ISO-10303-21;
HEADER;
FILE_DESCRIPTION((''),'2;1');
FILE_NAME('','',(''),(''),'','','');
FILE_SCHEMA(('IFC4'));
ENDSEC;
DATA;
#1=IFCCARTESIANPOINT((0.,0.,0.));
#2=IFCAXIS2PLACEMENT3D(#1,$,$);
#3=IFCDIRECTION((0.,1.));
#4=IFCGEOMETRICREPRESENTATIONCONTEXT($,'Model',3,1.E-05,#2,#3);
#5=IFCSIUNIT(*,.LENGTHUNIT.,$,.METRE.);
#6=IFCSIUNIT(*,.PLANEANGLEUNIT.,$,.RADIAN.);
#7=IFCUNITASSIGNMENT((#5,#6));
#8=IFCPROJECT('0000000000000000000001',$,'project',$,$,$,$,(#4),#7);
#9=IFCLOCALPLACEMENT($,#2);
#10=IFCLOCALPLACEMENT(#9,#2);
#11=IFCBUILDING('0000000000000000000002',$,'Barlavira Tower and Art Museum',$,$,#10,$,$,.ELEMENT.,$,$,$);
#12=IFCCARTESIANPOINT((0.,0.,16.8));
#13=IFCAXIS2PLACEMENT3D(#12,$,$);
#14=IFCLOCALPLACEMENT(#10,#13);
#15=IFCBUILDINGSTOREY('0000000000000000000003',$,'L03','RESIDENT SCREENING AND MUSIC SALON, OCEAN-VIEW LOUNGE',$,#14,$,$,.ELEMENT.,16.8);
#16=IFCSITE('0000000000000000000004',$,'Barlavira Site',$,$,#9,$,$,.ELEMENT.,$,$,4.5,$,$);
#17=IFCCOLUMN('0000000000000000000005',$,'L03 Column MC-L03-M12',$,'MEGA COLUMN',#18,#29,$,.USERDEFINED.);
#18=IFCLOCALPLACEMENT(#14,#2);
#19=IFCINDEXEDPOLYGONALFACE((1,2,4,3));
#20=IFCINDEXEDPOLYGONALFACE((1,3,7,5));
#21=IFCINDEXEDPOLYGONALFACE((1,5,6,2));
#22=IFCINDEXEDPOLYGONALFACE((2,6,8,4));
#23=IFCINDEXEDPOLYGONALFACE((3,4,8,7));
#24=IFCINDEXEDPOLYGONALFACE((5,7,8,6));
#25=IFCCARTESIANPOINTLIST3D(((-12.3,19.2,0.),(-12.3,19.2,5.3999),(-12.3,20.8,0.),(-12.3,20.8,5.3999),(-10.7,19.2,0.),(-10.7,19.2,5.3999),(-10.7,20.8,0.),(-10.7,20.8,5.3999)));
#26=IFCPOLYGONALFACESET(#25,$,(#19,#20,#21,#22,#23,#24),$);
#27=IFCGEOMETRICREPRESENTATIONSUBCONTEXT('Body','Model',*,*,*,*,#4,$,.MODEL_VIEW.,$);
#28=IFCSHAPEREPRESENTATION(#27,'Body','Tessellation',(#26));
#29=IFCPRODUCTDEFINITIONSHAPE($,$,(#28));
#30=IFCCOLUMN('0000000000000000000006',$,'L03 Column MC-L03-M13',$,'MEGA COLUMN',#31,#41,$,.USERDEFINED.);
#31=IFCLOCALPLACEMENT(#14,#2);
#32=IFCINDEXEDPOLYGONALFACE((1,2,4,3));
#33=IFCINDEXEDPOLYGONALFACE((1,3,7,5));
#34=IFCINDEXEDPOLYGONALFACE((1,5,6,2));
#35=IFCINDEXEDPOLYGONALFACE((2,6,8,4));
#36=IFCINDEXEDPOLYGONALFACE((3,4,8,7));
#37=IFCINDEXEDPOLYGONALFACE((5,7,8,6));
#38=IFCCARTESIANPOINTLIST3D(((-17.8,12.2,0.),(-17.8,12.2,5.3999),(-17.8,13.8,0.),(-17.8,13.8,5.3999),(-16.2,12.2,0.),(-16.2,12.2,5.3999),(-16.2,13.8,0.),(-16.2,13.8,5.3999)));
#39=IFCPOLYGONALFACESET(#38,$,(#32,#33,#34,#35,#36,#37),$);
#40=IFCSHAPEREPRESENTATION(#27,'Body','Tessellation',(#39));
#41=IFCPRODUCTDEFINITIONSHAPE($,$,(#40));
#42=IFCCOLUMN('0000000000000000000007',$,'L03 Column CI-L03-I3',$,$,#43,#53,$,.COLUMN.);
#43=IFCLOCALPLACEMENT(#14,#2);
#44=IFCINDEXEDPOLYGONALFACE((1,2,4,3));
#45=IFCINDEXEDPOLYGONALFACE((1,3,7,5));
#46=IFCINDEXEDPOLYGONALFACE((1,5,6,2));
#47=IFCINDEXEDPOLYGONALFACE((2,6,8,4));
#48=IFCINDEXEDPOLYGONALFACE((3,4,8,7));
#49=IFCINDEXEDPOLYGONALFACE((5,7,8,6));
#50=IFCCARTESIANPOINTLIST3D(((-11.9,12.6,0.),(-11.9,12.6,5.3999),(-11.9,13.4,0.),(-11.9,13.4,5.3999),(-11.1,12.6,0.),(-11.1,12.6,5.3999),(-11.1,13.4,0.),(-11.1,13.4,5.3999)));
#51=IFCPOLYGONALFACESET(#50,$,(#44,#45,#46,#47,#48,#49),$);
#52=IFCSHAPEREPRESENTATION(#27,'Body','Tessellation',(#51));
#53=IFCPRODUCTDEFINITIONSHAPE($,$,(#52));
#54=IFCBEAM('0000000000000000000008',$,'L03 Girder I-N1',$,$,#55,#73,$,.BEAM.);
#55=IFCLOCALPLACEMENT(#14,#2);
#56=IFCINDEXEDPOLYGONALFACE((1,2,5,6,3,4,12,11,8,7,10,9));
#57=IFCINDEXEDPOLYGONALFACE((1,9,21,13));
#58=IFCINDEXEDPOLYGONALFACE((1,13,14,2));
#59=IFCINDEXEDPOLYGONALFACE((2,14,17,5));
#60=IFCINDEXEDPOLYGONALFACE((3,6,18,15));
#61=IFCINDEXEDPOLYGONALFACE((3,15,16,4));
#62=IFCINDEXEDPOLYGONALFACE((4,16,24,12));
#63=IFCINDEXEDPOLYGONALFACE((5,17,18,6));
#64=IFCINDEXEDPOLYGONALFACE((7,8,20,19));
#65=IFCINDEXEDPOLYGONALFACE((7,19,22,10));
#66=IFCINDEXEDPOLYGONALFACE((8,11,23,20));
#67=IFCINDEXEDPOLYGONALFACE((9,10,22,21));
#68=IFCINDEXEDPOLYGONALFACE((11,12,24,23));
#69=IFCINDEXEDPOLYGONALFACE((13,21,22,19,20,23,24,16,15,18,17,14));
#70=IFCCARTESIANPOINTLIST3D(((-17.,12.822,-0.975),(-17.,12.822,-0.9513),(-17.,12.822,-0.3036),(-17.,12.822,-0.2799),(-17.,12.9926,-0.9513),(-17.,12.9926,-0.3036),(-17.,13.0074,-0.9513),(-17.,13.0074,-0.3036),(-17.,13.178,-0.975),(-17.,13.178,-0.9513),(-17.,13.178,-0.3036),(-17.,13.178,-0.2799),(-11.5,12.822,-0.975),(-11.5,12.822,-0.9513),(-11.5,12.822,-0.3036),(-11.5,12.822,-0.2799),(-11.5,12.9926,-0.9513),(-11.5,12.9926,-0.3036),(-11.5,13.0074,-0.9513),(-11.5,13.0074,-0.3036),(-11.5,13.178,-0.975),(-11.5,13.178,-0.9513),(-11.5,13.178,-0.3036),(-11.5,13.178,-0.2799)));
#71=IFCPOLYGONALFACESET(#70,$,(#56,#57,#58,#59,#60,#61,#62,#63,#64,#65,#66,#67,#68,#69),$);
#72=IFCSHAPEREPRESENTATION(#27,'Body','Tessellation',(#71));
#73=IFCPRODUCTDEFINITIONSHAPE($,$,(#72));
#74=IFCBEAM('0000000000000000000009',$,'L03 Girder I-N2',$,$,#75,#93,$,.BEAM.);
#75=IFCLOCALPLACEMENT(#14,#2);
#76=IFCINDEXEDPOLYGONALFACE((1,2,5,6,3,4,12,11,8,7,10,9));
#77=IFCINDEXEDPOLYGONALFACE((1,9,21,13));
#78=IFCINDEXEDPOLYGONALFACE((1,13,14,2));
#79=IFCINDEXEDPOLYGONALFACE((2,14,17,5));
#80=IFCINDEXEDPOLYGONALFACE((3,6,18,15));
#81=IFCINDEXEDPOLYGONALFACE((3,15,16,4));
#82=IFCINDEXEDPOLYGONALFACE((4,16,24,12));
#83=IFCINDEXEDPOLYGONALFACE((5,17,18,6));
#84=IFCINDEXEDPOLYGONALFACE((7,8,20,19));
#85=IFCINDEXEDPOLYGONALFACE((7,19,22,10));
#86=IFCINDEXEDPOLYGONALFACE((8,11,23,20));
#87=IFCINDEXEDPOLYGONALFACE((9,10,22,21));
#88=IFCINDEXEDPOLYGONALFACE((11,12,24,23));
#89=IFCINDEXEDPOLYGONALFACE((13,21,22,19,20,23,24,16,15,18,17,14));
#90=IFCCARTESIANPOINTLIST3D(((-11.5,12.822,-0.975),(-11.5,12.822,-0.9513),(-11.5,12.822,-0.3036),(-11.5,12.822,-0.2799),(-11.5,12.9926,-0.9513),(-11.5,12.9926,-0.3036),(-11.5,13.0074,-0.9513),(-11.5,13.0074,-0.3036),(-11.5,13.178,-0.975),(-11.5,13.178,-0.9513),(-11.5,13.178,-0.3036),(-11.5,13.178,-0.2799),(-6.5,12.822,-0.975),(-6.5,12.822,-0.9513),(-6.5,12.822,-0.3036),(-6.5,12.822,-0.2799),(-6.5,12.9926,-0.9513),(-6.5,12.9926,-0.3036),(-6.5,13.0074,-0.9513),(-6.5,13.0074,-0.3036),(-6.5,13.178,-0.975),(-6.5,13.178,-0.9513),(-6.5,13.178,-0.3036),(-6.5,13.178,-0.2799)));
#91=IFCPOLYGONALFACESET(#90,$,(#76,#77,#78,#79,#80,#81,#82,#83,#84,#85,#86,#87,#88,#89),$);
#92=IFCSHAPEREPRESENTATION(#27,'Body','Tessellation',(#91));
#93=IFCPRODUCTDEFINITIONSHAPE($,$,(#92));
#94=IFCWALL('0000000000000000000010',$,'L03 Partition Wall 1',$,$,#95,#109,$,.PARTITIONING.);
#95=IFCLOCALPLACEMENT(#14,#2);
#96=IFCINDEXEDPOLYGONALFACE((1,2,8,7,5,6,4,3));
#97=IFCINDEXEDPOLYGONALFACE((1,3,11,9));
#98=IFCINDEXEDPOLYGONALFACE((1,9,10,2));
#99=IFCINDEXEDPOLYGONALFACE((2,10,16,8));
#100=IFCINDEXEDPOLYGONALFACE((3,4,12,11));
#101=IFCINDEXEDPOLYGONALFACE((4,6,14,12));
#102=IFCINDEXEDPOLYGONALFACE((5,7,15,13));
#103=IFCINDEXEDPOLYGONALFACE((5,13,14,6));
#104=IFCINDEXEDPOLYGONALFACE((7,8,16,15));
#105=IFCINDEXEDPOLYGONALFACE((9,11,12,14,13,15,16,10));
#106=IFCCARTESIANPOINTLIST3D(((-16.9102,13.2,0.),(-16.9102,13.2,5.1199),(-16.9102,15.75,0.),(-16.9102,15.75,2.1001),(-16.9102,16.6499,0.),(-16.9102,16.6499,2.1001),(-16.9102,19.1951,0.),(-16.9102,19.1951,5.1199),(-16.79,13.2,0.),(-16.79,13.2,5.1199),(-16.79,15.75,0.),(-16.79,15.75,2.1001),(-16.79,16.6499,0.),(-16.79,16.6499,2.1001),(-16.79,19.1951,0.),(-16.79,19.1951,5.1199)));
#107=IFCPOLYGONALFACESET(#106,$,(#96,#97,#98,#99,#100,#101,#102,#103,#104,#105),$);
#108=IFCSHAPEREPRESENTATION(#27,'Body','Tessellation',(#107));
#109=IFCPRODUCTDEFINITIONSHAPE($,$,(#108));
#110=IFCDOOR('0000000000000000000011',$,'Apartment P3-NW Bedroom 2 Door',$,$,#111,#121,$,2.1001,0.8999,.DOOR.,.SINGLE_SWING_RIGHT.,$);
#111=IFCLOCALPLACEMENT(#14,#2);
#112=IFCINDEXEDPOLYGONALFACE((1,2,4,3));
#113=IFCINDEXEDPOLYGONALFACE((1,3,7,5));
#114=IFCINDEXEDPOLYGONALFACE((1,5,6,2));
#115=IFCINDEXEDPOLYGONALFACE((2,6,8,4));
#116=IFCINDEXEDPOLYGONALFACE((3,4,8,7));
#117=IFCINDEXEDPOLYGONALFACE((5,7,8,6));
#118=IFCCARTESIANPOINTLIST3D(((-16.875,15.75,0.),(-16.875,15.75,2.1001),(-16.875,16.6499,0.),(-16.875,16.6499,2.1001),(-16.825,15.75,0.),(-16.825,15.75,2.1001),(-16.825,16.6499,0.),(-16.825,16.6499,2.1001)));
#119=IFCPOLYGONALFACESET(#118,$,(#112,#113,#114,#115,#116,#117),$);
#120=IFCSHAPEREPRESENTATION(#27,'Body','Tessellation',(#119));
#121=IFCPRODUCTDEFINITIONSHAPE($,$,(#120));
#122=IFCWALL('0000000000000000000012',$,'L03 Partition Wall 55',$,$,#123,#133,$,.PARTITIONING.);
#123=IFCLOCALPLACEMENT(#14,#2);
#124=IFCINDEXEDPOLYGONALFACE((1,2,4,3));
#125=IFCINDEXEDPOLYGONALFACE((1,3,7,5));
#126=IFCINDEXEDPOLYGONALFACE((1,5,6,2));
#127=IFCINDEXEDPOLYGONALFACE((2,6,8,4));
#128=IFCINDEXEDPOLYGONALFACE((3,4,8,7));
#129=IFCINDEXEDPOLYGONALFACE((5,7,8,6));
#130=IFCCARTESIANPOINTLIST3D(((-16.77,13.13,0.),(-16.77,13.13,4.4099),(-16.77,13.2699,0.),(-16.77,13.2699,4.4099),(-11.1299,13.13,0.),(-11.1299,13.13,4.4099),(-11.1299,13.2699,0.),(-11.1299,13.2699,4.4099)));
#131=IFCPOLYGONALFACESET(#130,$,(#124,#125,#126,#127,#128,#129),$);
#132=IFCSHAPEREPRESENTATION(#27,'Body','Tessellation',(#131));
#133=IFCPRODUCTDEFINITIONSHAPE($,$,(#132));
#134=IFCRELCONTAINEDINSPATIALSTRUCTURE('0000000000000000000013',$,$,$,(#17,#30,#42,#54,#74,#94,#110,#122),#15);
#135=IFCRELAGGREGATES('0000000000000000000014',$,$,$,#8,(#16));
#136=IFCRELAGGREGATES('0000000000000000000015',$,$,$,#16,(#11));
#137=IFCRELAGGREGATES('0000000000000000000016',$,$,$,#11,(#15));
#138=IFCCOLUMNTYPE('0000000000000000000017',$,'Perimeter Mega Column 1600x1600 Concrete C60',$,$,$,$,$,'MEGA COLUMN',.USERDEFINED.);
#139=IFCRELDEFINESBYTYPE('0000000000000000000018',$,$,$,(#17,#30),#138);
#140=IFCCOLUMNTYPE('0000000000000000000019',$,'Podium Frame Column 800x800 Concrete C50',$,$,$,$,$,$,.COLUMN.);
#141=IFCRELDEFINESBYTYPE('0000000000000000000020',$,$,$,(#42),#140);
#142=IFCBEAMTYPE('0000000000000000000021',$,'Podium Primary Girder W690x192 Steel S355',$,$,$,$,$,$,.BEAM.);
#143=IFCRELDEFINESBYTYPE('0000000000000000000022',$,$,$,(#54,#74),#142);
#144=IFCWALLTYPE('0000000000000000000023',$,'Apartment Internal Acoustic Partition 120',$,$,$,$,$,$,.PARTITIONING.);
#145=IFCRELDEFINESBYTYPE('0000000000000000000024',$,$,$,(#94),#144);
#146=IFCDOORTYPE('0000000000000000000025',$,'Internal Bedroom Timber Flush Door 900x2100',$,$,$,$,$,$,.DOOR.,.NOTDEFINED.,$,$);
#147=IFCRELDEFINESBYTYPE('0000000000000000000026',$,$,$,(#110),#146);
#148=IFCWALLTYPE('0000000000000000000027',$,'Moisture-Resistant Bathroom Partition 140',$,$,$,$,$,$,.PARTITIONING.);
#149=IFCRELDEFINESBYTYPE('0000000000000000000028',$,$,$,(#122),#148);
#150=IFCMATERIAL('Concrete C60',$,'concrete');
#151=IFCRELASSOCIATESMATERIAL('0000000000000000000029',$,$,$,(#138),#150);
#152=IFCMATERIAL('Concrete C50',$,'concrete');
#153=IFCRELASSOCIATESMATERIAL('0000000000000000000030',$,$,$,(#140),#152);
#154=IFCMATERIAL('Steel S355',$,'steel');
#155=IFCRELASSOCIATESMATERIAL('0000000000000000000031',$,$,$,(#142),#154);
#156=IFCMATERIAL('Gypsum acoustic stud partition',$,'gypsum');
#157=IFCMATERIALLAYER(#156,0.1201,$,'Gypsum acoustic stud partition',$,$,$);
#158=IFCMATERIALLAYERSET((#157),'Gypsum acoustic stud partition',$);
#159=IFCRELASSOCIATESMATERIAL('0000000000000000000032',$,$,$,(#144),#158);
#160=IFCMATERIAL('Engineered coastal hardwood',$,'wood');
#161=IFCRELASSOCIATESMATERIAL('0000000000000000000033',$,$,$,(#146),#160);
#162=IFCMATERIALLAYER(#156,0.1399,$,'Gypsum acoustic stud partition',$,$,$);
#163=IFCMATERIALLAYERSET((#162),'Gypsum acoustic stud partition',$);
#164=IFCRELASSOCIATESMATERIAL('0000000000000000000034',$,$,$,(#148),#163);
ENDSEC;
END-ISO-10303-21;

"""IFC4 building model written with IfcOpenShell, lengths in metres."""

from ifc_helpers import new_model, si_unit, direction, frame, frame_2d, origin, origin_2d, place, context, subcontext, project, spatial, rectangle, i_section, extrude, material, layer, layer_set, material_profile, profile_set, type_object, element, fill, save


model = new_model("IFC4")

# Units and contexts
model_context = context("Model", 3, precision=1e-05, world=origin(), true_north=direction((0.0, 1.0)))
body_context = subcontext(model_context, "Body", "Model", "MODEL_VIEW")
ifc_project = project(units=[si_unit("LENGTHUNIT", "METRE"), si_unit("PLANEANGLEUNIT", "RADIAN")], contexts=[model_context])

# Site, building, storey
site_placement = place(None, origin())
site = spatial("IfcSite", under=ifc_project, at=site_placement, Name="Barlavira Site", CompositionType="ELEMENT", RefElevation=4.5)
building_placement = place(site_placement, origin())
building = spatial("IfcBuilding", under=site, at=building_placement, Name="Barlavira Tower and Art Museum", CompositionType="ELEMENT")
storey_placement = place(building_placement, frame((0.0, 0.0, 16.8)))
storey = spatial("IfcBuildingStorey", under=building, at=storey_placement, Name="L03", Description="RESIDENT SCREENING AND MUSIC SALON, OCEAN-VIEW LOUNGE", CompositionType="ELEMENT", Elevation=16.8)

# Columns
ifc_material_1 = material(Name="Concrete C60", Category="concrete")
ifc_material_profile_1 = material_profile(ifc_material_1, rectangle(XDim=1.6001, YDim=1.6001, at=origin_2d()), Name="RC-MCOL 1600x1600")
ifc_profile_set_1 = profile_set([ifc_material_profile_1], Name="Concrete C60")
column_type_1 = type_object("IfcColumnType", Name="Perimeter Mega Column 1600x1600 Concrete C60", ElementType="MEGA COLUMN", PredefinedType="USERDEFINED", material=ifc_profile_set_1)
for number, where, z_axis, x_axis, name in (
    (1, (-11.5, 20.0, 0.0), (0.0, 0.0, 1.0), (1.0, 0.0, 0.0), "L03 Column MC-L03-M12"),
    (2, (-17.0, 13.0, 0.0), (0.0, 0.0, 1.0), (1.0, 0.0, 0.0), "L03 Column MC-L03-M13"),
):
    element("IfcColumn", number, at=place(storey_placement, frame(where, z_axis=z_axis, x_axis=x_axis)), inside=storey, type_object=column_type_1, Name=name, ObjectType="MEGA COLUMN", PredefinedType="USERDEFINED", context=body_context, shape_type="SweptSolid", body=[
        extrude(rectangle(XDim=1.6001, YDim=1.6001, at=origin_2d()), origin(), (0.0, 0.0, 1.0), 5.3999),
    ])
ifc_material_2 = material(Name="Concrete C50", Category="concrete")
ifc_material_profile_2 = material_profile(ifc_material_2, rectangle(XDim=0.8, YDim=0.8, at=origin_2d()), Name="RC-COL 800x800")
ifc_profile_set_2 = profile_set([ifc_material_profile_2], Name="Concrete C50")
column_type_2 = type_object("IfcColumnType", Name="Podium Frame Column 800x800 Concrete C50", PredefinedType="COLUMN", material=ifc_profile_set_2)
column_placement = place(storey_placement, frame((-11.5, 13.0, 0.0), z_axis=(0.0, 0.0, 1.0), x_axis=(1.0, 0.0, 0.0)))
element("IfcColumn", 3, at=column_placement, inside=storey, type_object=column_type_2, Name="L03 Column CI-L03-I3", PredefinedType="COLUMN", context=body_context, shape_type="SweptSolid", body=[
    extrude(rectangle(XDim=0.8, YDim=0.8, at=origin_2d()), origin(), (0.0, 0.0, 1.0), 5.3999),
])

# Beams
ifc_material_3 = material(Name="Steel S355", Category="steel")
ifc_material_profile_3 = material_profile(ifc_material_3, i_section(OverallWidth=0.356, OverallDepth=0.6951, WebThickness=0.0149, FlangeThickness=0.0237, at=origin_2d()), Name="W690x192.0")
ifc_profile_set_3 = profile_set([ifc_material_profile_3], Name="Steel S355")
beam_type = type_object("IfcBeamType", Name="Podium Primary Girder W690x192 Steel S355", PredefinedType="BEAM", material=ifc_profile_set_3)
beam_1_placement = place(storey_placement, frame((-17.0, 13.0, -0.6274), z_axis=(1.0, 0.0, 0.0), x_axis=(0.0, 1.0, 0.0)))
element("IfcBeam", 4, at=beam_1_placement, inside=storey, type_object=beam_type, Name="L03 Girder I-N1", PredefinedType="BEAM", context=body_context, shape_type="SweptSolid", body=[
    extrude(i_section(OverallWidth=0.356, OverallDepth=0.6951, WebThickness=0.0149, FlangeThickness=0.0237, at=origin_2d()), origin(), (0.0, 0.0, 1.0), 5.5),
])
beam_2_placement = place(storey_placement, frame((-11.5, 13.0, -0.6274), z_axis=(1.0, 0.0, 0.0), x_axis=(0.0, 1.0, 0.0)))
element("IfcBeam", 5, at=beam_2_placement, inside=storey, type_object=beam_type, Name="L03 Girder I-N2", PredefinedType="BEAM", context=body_context, shape_type="SweptSolid", body=[
    extrude(i_section(OverallWidth=0.356, OverallDepth=0.6951, WebThickness=0.0149, FlangeThickness=0.0237, at=origin_2d()), origin(), (0.0, 0.0, 1.0), 5.0),
])

# Wall, opening, door
ifc_material_4 = material(Name="Gypsum acoustic stud partition", Category="gypsum")
ifc_layer_1 = layer(ifc_material_4, 0.1201, Name="Gypsum acoustic stud partition")
ifc_layer_set_1 = layer_set([ifc_layer_1], Name="Gypsum acoustic stud partition")
wall_type_1 = type_object("IfcWallType", Name="Apartment Internal Acoustic Partition 120", PredefinedType="PARTITIONING", material=ifc_layer_set_1)
wall_1_placement = place(storey_placement, frame((-16.8501, 13.2, 0.0), z_axis=(0.0, 0.0, 1.0), x_axis=(0.0, 1.0, 0.0)))
wall_1 = element("IfcWall", 6, at=wall_1_placement, inside=storey, type_object=wall_type_1, Name="L03 Partition Wall 1", PredefinedType="PARTITIONING", context=body_context, shape_type="SweptSolid", body=[
    extrude(rectangle(XDim=5.9951, YDim=0.1201, at=frame_2d((2.9976, 0.0))), origin(), (0.0, 0.0, 1.0), 5.1199),
])
opening_placement = place(wall_1_placement, frame((2.55, 0.0, 0.0)))
opening = element("IfcOpeningElement", 7, at=opening_placement, cuts=wall_1, PredefinedType="OPENING", context=body_context, shape_type="SweptSolid", body=[
    extrude(rectangle(XDim=0.8999, YDim=2.1001, at=frame_2d((0.45, 1.05))), frame((0.0, 0.0701, 0.0), z_axis=(0.0, -1.0, 0.0), x_axis=(1.0, 0.0, 0.0)), (0.0, 0.0, 1.0), 0.1401),
])
ifc_material_5 = material(Name="Engineered coastal hardwood", Category="wood")
door_type = type_object("IfcDoorType", Name="Internal Bedroom Timber Flush Door 900x2100", OperationType="NOTDEFINED", PredefinedType="DOOR", material=ifc_material_5)
door_placement = place(opening_placement, origin())
door = element("IfcDoor", 8, at=door_placement, inside=storey, type_object=door_type, Name="Apartment P3-NW Bedroom 2 Door", OperationType="SINGLE_SWING_RIGHT", OverallHeight=2.1001, OverallWidth=0.8999, PredefinedType="DOOR", context=body_context, shape_type="SweptSolid", body=[
    extrude(rectangle(XDim=0.8999, YDim=2.1001, at=frame_2d((0.45, 1.05))), frame((0.0, 0.0249, 0.0), z_axis=(0.0, -1.0, 0.0), x_axis=(1.0, 0.0, 0.0)), (0.0, 0.0, 1.0), 0.05),
])
fill(opening, door)

# Wall
ifc_layer_2 = layer(ifc_material_4, 0.1399, Name="Gypsum acoustic stud partition")
ifc_layer_set_2 = layer_set([ifc_layer_2], Name="Gypsum acoustic stud partition")
wall_type_2 = type_object("IfcWallType", Name="Moisture-Resistant Bathroom Partition 140", PredefinedType="PARTITIONING", material=ifc_layer_set_2)
wall_2_placement = place(storey_placement, frame((-16.77, 13.2, 0.0), z_axis=(0.0, 0.0, 1.0), x_axis=(1.0, 0.0, 0.0)))
element("IfcWall", 9, at=wall_2_placement, inside=storey, type_object=wall_type_2, Name="L03 Partition Wall 55", PredefinedType="PARTITIONING", context=body_context, shape_type="SweptSolid", body=[
    extrude(rectangle(XDim=5.6401, YDim=0.1399, at=frame_2d((2.8201, 0.0))), origin(), (0.0, 0.0, 1.0), 4.4099),
])

save(model, "model.ifc")
